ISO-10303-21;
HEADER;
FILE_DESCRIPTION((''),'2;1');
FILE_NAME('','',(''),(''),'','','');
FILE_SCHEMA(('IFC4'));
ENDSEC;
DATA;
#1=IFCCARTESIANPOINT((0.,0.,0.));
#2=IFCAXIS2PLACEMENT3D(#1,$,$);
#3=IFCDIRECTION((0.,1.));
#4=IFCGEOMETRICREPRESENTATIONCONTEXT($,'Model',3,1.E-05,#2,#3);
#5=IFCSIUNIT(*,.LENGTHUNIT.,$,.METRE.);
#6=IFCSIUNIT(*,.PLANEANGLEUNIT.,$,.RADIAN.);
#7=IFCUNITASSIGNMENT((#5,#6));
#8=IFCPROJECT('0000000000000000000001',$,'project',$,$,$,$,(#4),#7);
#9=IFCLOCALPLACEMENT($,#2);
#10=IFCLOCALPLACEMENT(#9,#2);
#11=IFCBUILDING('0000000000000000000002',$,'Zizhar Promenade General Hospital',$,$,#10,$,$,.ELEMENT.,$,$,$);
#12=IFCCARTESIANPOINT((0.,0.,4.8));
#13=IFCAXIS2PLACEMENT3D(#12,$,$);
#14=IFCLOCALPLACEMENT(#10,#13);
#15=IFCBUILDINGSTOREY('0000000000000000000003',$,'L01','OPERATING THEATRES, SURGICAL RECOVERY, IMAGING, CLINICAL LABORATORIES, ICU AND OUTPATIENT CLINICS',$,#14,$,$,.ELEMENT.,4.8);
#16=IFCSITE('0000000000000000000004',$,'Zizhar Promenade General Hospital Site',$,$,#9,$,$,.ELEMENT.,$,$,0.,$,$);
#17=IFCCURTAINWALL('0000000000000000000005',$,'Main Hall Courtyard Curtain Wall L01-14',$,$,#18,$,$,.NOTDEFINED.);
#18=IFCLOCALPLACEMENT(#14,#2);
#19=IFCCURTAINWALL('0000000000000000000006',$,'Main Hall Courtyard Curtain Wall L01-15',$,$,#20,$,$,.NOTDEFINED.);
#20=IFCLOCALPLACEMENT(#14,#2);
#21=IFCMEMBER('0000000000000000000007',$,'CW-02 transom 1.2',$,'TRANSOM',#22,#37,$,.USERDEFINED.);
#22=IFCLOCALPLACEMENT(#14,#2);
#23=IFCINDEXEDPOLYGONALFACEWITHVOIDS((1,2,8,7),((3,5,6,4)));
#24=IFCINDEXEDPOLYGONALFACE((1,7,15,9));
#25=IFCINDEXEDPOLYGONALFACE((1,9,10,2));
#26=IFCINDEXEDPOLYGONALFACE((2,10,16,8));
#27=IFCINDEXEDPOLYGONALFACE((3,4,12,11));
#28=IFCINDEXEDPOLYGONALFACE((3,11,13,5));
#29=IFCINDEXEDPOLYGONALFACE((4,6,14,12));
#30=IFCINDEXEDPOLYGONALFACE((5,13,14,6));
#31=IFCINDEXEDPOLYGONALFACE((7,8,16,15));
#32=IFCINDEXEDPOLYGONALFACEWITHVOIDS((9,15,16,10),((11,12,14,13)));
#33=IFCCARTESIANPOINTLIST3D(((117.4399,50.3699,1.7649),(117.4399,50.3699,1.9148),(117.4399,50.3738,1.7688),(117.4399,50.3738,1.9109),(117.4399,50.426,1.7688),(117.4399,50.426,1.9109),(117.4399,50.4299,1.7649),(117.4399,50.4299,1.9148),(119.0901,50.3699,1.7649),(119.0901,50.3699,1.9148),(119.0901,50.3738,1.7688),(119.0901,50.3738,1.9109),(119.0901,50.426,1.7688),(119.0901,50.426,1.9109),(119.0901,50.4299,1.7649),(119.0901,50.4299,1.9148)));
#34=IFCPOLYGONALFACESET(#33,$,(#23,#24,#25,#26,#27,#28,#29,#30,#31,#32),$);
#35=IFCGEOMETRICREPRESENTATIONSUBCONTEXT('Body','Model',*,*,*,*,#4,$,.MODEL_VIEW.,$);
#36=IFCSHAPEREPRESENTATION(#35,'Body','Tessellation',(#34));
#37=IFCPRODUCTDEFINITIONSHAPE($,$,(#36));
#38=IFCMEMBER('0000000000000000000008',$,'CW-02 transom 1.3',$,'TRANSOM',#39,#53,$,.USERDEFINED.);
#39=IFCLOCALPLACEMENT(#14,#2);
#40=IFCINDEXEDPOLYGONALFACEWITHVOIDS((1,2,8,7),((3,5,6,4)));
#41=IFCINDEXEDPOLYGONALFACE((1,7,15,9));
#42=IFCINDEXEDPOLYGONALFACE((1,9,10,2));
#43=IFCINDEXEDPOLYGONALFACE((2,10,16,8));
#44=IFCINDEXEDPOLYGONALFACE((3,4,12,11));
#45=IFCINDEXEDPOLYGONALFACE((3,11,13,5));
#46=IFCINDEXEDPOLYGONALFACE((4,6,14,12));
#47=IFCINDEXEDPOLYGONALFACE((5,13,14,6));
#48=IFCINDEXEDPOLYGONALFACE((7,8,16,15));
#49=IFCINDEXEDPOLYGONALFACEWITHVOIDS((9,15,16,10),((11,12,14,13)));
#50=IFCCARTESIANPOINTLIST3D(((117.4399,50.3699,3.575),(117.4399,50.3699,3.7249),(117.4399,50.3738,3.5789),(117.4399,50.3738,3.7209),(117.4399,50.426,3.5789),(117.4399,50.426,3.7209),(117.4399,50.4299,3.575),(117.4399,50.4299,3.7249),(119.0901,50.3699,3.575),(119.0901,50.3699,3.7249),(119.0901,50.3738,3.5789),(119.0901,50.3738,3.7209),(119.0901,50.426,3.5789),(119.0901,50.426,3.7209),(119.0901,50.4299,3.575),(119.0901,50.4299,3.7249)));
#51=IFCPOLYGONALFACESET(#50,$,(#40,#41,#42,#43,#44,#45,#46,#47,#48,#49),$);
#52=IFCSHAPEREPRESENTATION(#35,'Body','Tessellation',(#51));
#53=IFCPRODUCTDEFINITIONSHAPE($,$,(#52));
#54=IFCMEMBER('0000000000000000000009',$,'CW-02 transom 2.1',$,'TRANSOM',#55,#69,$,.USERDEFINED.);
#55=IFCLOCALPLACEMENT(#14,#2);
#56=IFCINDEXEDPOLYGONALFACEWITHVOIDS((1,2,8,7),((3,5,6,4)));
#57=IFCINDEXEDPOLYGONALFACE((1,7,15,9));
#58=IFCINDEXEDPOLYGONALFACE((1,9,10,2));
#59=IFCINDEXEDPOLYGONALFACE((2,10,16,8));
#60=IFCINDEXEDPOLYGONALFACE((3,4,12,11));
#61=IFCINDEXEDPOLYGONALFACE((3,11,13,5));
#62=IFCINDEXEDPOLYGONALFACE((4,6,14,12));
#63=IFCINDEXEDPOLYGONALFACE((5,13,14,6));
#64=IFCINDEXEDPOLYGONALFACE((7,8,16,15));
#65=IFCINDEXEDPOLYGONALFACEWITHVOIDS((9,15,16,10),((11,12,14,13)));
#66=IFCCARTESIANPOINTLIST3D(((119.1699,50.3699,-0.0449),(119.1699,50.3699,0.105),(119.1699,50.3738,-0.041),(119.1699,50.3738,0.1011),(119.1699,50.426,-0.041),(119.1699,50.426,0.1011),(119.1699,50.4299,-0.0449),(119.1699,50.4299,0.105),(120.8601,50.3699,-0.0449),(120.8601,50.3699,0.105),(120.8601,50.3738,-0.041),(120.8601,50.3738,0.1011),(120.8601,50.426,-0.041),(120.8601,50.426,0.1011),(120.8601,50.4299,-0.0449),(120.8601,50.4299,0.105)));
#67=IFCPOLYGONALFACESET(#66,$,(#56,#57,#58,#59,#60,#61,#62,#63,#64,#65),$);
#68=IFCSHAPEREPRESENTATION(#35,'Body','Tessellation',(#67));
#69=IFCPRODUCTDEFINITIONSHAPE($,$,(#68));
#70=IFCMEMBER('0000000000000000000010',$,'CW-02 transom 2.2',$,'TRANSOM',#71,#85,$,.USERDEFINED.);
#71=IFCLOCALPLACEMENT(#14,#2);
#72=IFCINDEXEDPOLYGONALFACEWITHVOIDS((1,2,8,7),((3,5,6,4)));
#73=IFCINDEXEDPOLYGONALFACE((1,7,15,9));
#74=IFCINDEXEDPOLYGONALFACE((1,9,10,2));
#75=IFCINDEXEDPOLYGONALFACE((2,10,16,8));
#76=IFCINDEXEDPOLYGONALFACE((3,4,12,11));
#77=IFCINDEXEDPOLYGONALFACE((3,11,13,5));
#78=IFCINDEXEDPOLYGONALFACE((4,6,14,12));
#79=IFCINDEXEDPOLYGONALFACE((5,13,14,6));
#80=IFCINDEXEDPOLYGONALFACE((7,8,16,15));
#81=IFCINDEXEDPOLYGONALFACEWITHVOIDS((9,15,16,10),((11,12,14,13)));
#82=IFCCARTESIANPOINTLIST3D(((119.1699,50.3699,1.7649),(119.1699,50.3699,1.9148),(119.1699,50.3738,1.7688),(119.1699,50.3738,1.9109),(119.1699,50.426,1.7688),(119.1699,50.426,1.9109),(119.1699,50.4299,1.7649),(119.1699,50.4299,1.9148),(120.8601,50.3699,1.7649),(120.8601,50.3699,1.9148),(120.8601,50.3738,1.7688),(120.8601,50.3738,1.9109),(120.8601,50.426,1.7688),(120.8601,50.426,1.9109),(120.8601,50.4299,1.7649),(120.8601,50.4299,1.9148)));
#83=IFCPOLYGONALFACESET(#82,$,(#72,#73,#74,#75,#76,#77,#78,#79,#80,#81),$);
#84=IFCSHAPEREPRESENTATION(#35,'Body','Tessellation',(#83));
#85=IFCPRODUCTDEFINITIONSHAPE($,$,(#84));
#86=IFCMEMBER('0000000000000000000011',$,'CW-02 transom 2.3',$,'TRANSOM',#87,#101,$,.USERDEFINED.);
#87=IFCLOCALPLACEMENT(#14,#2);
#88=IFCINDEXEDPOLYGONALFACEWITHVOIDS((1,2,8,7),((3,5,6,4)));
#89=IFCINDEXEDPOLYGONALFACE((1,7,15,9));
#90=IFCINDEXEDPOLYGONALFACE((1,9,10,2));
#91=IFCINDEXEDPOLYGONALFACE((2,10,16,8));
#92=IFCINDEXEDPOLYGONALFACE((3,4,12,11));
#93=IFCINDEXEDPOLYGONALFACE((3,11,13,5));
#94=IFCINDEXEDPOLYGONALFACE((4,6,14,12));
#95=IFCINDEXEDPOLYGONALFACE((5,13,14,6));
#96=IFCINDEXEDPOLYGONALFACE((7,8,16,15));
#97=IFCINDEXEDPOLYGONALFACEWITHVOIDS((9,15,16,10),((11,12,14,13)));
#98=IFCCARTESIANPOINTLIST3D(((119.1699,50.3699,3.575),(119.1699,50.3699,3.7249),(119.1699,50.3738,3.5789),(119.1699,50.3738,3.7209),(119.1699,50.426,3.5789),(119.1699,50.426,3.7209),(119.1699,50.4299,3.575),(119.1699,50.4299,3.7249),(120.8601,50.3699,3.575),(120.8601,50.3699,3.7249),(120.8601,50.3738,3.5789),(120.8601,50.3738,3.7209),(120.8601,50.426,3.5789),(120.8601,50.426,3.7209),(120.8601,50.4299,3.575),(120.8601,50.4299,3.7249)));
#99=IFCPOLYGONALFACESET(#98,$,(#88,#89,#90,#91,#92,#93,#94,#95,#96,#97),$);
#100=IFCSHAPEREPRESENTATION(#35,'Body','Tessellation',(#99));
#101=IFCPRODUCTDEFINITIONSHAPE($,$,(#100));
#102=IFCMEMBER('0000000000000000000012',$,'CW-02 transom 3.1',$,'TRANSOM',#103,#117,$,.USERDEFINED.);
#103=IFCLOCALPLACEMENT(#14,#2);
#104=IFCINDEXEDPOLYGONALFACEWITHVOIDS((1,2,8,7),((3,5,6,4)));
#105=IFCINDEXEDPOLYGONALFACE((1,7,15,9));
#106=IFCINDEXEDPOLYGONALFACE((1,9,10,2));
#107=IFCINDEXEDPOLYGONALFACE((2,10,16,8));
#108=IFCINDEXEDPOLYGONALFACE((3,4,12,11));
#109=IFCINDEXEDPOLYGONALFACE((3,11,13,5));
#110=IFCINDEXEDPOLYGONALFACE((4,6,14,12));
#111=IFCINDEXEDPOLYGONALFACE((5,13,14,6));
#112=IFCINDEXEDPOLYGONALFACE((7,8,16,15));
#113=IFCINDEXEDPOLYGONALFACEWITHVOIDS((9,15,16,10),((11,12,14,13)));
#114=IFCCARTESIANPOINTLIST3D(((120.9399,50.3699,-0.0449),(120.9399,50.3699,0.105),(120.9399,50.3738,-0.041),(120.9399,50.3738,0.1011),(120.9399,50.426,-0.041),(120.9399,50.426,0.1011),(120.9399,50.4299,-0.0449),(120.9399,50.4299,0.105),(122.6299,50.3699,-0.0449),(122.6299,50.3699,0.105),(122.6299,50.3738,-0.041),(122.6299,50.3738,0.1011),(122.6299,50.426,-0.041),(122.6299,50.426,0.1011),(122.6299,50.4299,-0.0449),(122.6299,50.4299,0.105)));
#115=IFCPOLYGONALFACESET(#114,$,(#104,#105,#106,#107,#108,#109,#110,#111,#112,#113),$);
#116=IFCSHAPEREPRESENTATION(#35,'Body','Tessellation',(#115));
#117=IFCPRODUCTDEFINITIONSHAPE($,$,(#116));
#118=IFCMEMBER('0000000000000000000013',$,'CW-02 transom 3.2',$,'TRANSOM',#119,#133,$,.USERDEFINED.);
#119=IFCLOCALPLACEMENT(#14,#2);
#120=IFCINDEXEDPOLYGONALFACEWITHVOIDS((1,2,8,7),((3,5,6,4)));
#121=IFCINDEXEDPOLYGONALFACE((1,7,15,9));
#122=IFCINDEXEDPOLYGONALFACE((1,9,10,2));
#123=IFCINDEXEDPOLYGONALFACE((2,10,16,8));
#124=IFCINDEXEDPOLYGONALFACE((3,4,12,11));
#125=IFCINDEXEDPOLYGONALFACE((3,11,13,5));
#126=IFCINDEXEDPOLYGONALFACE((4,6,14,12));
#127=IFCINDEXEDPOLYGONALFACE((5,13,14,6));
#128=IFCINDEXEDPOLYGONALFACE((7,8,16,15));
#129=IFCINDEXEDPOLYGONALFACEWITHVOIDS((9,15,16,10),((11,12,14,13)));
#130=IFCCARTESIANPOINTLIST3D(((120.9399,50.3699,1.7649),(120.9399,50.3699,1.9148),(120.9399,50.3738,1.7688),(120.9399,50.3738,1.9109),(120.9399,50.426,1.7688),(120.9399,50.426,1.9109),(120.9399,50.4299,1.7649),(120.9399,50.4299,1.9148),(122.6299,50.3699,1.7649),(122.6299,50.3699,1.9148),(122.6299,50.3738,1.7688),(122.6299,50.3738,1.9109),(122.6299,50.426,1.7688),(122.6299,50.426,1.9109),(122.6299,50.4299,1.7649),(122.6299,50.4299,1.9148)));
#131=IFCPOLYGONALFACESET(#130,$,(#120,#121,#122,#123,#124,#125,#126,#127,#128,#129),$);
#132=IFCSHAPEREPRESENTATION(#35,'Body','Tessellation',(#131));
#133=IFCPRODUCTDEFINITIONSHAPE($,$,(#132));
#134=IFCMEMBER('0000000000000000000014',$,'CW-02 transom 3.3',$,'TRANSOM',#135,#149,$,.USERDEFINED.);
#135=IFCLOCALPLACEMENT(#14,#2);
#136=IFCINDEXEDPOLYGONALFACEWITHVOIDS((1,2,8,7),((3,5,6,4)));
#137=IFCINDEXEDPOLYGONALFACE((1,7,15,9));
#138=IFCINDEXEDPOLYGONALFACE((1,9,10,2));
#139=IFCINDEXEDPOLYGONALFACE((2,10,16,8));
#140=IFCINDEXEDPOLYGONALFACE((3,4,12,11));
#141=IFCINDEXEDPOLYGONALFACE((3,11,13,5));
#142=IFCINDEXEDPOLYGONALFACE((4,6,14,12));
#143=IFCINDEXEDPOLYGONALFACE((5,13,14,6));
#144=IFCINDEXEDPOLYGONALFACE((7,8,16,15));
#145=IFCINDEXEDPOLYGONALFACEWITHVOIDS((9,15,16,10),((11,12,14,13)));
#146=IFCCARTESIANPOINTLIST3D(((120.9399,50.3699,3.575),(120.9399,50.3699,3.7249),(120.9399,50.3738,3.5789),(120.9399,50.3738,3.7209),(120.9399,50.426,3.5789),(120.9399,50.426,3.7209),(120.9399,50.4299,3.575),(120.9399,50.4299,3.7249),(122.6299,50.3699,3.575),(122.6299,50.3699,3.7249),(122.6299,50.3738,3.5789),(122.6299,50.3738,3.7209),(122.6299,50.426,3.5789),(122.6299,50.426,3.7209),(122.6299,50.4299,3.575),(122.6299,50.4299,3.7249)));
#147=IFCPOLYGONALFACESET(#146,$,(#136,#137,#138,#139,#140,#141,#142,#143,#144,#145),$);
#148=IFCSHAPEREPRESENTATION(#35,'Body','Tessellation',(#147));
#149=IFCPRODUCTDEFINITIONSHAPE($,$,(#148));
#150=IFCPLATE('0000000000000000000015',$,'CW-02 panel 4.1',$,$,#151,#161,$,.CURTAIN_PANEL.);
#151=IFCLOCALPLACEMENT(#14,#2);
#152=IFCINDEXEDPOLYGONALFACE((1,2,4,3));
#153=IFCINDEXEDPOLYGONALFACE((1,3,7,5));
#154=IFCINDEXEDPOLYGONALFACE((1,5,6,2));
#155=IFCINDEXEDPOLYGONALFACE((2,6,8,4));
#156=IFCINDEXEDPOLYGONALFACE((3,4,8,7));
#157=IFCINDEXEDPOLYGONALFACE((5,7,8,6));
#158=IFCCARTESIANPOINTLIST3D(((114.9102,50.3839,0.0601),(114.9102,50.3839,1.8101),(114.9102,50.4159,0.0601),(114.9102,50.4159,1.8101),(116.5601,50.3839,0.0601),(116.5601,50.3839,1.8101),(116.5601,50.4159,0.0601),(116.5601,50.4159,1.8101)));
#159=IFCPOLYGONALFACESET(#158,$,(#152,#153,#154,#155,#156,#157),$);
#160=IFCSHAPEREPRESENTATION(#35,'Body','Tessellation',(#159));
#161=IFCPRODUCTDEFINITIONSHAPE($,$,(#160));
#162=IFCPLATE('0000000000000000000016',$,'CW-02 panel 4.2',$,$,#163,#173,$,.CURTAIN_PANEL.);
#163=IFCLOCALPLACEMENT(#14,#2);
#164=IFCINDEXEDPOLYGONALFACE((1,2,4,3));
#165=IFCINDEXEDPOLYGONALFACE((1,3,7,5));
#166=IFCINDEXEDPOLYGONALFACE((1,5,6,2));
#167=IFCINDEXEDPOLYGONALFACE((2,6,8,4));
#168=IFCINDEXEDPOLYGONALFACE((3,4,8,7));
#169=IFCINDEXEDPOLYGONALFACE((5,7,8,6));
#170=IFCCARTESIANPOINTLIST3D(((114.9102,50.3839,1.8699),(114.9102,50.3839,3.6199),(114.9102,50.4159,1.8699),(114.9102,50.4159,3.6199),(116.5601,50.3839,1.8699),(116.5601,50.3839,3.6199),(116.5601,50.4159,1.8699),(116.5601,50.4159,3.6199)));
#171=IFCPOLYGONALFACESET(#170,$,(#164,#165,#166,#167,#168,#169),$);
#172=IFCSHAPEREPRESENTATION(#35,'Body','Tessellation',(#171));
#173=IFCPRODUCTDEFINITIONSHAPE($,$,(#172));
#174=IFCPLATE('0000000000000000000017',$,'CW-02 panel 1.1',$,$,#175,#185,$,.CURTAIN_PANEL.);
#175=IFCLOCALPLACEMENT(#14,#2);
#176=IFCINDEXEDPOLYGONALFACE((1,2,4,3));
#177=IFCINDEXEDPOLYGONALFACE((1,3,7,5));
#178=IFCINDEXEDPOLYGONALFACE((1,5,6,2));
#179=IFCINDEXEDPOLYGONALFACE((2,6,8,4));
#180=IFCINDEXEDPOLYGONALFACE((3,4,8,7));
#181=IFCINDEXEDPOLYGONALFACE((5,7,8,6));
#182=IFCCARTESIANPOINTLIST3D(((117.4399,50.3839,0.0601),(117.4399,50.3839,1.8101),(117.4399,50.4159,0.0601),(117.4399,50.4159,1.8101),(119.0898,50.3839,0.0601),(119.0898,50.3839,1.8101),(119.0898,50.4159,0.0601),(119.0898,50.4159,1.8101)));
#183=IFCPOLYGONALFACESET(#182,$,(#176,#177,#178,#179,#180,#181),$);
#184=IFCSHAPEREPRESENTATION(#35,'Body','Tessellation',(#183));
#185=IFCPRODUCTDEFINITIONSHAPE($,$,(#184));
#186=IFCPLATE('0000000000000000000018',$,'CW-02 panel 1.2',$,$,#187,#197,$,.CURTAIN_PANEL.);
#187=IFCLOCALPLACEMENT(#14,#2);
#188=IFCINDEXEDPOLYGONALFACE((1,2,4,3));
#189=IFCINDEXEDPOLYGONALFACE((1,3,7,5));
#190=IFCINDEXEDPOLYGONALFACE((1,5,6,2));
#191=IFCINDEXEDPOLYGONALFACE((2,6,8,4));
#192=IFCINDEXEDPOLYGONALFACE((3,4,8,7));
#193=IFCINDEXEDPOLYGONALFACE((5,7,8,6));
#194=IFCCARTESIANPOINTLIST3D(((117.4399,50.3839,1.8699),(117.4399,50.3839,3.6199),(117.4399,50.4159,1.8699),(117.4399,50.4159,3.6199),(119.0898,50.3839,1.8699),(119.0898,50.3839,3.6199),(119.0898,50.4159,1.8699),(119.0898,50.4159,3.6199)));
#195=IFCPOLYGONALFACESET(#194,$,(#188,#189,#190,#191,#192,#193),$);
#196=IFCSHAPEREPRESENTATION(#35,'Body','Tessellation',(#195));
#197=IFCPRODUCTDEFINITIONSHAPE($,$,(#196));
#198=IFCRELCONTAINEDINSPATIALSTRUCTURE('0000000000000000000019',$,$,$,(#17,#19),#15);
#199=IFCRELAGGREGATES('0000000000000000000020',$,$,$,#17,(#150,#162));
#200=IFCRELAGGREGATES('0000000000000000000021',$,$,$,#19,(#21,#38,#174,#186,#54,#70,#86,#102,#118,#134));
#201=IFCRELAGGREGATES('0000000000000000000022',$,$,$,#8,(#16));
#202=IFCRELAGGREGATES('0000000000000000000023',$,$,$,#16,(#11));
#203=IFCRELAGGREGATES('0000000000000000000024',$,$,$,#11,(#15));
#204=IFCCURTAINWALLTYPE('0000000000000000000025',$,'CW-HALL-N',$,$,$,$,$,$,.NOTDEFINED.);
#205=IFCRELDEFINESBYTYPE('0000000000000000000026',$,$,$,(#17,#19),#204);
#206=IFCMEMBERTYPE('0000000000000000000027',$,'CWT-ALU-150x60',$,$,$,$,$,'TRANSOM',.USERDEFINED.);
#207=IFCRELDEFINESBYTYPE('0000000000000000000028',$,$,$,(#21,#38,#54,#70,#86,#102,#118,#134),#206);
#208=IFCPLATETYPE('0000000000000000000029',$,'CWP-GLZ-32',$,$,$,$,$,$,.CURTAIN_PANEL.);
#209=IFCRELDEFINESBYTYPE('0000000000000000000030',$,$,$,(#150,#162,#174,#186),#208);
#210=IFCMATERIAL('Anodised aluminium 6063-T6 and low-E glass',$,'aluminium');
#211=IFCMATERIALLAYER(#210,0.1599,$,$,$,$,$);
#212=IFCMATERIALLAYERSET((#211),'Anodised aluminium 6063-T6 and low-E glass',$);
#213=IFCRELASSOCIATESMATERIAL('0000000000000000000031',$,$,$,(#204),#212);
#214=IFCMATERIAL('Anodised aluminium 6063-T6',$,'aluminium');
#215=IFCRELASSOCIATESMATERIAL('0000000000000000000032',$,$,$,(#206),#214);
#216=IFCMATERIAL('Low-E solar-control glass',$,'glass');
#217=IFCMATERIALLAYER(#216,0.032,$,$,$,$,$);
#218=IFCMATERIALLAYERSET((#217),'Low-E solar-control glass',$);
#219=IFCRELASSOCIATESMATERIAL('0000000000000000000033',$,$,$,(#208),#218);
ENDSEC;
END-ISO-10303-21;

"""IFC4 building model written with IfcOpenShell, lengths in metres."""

from ifc_helpers import new_model, si_unit, direction, frame, origin, origin_2d, place, context, subcontext, project, spatial, rectangle, hollow_rectangle, extrude, material, layer, layer_set, material_profile, profile_set, type_object, element, aggregate, save


model = new_model("IFC4")

# Units and contexts
model_context = context("Model", 3, precision=1e-05, world=origin(), true_north=direction((0.0, 1.0)))
body_context = subcontext(model_context, "Body", "Model", "MODEL_VIEW")
ifc_project = project(units=[si_unit("LENGTHUNIT", "METRE"), si_unit("PLANEANGLEUNIT", "RADIAN")], contexts=[model_context])

# Site, building, storey
site_placement = place(None, origin())
site = spatial("IfcSite", under=ifc_project, at=site_placement, Name="Zizhar Promenade General Hospital Site", CompositionType="ELEMENT", RefElevation=0.0)
building_placement = place(site_placement, origin())
building = spatial("IfcBuilding", under=site, at=building_placement, Name="Zizhar Promenade General Hospital", CompositionType="ELEMENT")
storey_placement = place(building_placement, frame((0.0, 0.0, 4.8)))
storey = spatial("IfcBuildingStorey", under=building, at=storey_placement, Name="L01", Description="OPERATING THEATRES, SURGICAL RECOVERY, IMAGING, CLINICAL LABORATORIES, ICU AND OUTPATIENT CLINICS", CompositionType="ELEMENT", Elevation=4.8)

# Curtain walls
ifc_material_1 = material(Name="Anodised aluminium 6063-T6 and low-E glass", Category="aluminium")
ifc_layer_1 = layer(ifc_material_1, 0.1599)
ifc_layer_set_1 = layer_set([ifc_layer_1], Name="Anodised aluminium 6063-T6 and low-E glass")
curtain_wall_type = type_object("IfcCurtainWallType", Name="CW-HALL-N", PredefinedType="NOTDEFINED", material=ifc_layer_set_1)
curtain_wall_1_placement = place(storey_placement, origin())
curtain_wall_1 = element("IfcCurtainWall", 1, at=curtain_wall_1_placement, inside=storey, type_object=curtain_wall_type, Name="Main Hall Courtyard Curtain Wall L01-14", PredefinedType="NOTDEFINED")
curtain_wall_2_placement = place(storey_placement, origin())
curtain_wall_2 = element("IfcCurtainWall", 2, at=curtain_wall_2_placement, inside=storey, type_object=curtain_wall_type, Name="Main Hall Courtyard Curtain Wall L01-15", PredefinedType="NOTDEFINED")

# Members
ifc_material_2 = material(Name="Anodised aluminium 6063-T6", Category="aluminium")
ifc_material_profile_1 = material_profile(ifc_material_2, hollow_rectangle(XDim=0.0601, YDim=0.1499, WallThickness=0.0039, at=origin_2d()))
ifc_profile_set_1 = profile_set([ifc_material_profile_1], Name="Anodised aluminium 6063-T6")
member_type_1 = type_object("IfcMemberType", Name="CWT-ALU-150x60", ElementType="TRANSOM", PredefinedType="USERDEFINED", material=ifc_profile_set_1)
member_1_placement = place(storey_placement, frame((117.4399, 50.3999, 1.8398), z_axis=(1.0, 0.0, 0.0), x_axis=(0.0, 1.0, 0.0)))
member_1 = element("IfcMember", 3, at=member_1_placement, type_object=member_type_1, Name="CW-02 transom 1.2", ObjectType="TRANSOM", PredefinedType="USERDEFINED", context=body_context, shape_type="SweptSolid", body=[
    extrude(hollow_rectangle(XDim=0.0601, YDim=0.1499, WallThickness=0.0039, at=origin_2d()), origin(), (0.0, 0.0, 1.0), 1.6501),
])
member_2_placement = place(storey_placement, frame((117.4399, 50.3999, 3.6499), z_axis=(1.0, 0.0, 0.0), x_axis=(0.0, 1.0, 0.0)))
member_2 = element("IfcMember", 4, at=member_2_placement, type_object=member_type_1, Name="CW-02 transom 1.3", ObjectType="TRANSOM", PredefinedType="USERDEFINED", context=body_context, shape_type="SweptSolid", body=[
    extrude(hollow_rectangle(XDim=0.0601, YDim=0.1499, WallThickness=0.0039, at=origin_2d()), origin(), (0.0, 0.0, 1.0), 1.6501),
])
member_3_placement = place(storey_placement, frame((119.1699, 50.3999, 0.03), z_axis=(1.0, 0.0, 0.0), x_axis=(0.0, 1.0, 0.0)))
member_3 = element("IfcMember", 5, at=member_3_placement, type_object=member_type_1, Name="CW-02 transom 2.1", ObjectType="TRANSOM", PredefinedType="USERDEFINED", context=body_context, shape_type="SweptSolid", body=[
    extrude(hollow_rectangle(XDim=0.0601, YDim=0.1499, WallThickness=0.0039, at=origin_2d()), origin(), (0.0, 0.0, 1.0), 1.6902),
])
member_4_placement = place(storey_placement, frame((119.1699, 50.3999, 1.8398), z_axis=(1.0, 0.0, 0.0), x_axis=(0.0, 1.0, 0.0)))
member_4 = element("IfcMember", 6, at=member_4_placement, type_object=member_type_1, Name="CW-02 transom 2.2", ObjectType="TRANSOM", PredefinedType="USERDEFINED", context=body_context, shape_type="SweptSolid", body=[
    extrude(hollow_rectangle(XDim=0.0601, YDim=0.1499, WallThickness=0.0039, at=origin_2d()), origin(), (0.0, 0.0, 1.0), 1.6902),
])
member_5_placement = place(storey_placement, frame((119.1699, 50.3999, 3.6499), z_axis=(1.0, 0.0, 0.0), x_axis=(0.0, 1.0, 0.0)))
member_5 = element("IfcMember", 7, at=member_5_placement, type_object=member_type_1, Name="CW-02 transom 2.3", ObjectType="TRANSOM", PredefinedType="USERDEFINED", context=body_context, shape_type="SweptSolid", body=[
    extrude(hollow_rectangle(XDim=0.0601, YDim=0.1499, WallThickness=0.0039, at=origin_2d()), origin(), (0.0, 0.0, 1.0), 1.6902),
])
member_6_placement = place(storey_placement, frame((120.9399, 50.3999, 0.03), z_axis=(1.0, 0.0, 0.0), x_axis=(0.0, 1.0, 0.0)))
member_6 = element("IfcMember", 8, at=member_6_placement, type_object=member_type_1, Name="CW-02 transom 3.1", ObjectType="TRANSOM", PredefinedType="USERDEFINED", context=body_context, shape_type="SweptSolid", body=[
    extrude(hollow_rectangle(XDim=0.0601, YDim=0.1499, WallThickness=0.0039, at=origin_2d()), origin(), (0.0, 0.0, 1.0), 1.6899),
])
member_7_placement = place(storey_placement, frame((120.9399, 50.3999, 1.8398), z_axis=(1.0, 0.0, 0.0), x_axis=(0.0, 1.0, 0.0)))
member_7 = element("IfcMember", 9, at=member_7_placement, type_object=member_type_1, Name="CW-02 transom 3.2", ObjectType="TRANSOM", PredefinedType="USERDEFINED", context=body_context, shape_type="SweptSolid", body=[
    extrude(hollow_rectangle(XDim=0.0601, YDim=0.1499, WallThickness=0.0039, at=origin_2d()), origin(), (0.0, 0.0, 1.0), 1.6899),
])
member_8_placement = place(storey_placement, frame((120.9399, 50.3999, 3.6499), z_axis=(1.0, 0.0, 0.0), x_axis=(0.0, 1.0, 0.0)))
member_8 = element("IfcMember", 10, at=member_8_placement, type_object=member_type_1, Name="CW-02 transom 3.3", ObjectType="TRANSOM", PredefinedType="USERDEFINED", context=body_context, shape_type="SweptSolid", body=[
    extrude(hollow_rectangle(XDim=0.0601, YDim=0.1499, WallThickness=0.0039, at=origin_2d()), origin(), (0.0, 0.0, 1.0), 1.6899),
])

# Plates
ifc_material_3 = material(Name="Low-E solar-control glass", Category="glass")
ifc_layer_2 = layer(ifc_material_3, 0.032)
ifc_layer_set_2 = layer_set([ifc_layer_2], Name="Low-E solar-control glass")
plate_type = type_object("IfcPlateType", Name="CWP-GLZ-32", PredefinedType="CURTAIN_PANEL", material=ifc_layer_set_2)
plate_1_placement = place(storey_placement, frame((115.7351, 50.3999, 0.0601), z_axis=(0.0, 0.0, 1.0), x_axis=(1.0, 0.0, 0.0)))
plate_1 = element("IfcPlate", 11, at=plate_1_placement, type_object=plate_type, Name="CW-02 panel 4.1", PredefinedType="CURTAIN_PANEL", context=body_context, shape_type="SweptSolid", body=[
    extrude(rectangle(XDim=1.6499, YDim=0.032, at=origin_2d()), origin(), (0.0, 0.0, 1.0), 1.75),
])
plate_2_placement = place(storey_placement, frame((115.7351, 50.3999, 1.8699), z_axis=(0.0, 0.0, 1.0), x_axis=(1.0, 0.0, 0.0)))
plate_2 = element("IfcPlate", 12, at=plate_2_placement, type_object=plate_type, Name="CW-02 panel 4.2", PredefinedType="CURTAIN_PANEL", context=body_context, shape_type="SweptSolid", body=[
    extrude(rectangle(XDim=1.6499, YDim=0.032, at=origin_2d()), origin(), (0.0, 0.0, 1.0), 1.75),
])
aggregate(curtain_wall_1, [plate_1, plate_2])
plate_3_placement = place(storey_placement, frame((118.2649, 50.3999, 0.0601), z_axis=(0.0, 0.0, 1.0), x_axis=(1.0, 0.0, 0.0)))
plate_3 = element("IfcPlate", 13, at=plate_3_placement, type_object=plate_type, Name="CW-02 panel 1.1", PredefinedType="CURTAIN_PANEL", context=body_context, shape_type="SweptSolid", body=[
    extrude(rectangle(XDim=1.6499, YDim=0.032, at=origin_2d()), origin(), (0.0, 0.0, 1.0), 1.75),
])
plate_4_placement = place(storey_placement, frame((118.2649, 50.3999, 1.8699), z_axis=(0.0, 0.0, 1.0), x_axis=(1.0, 0.0, 0.0)))
plate_4 = element("IfcPlate", 14, at=plate_4_placement, type_object=plate_type, Name="CW-02 panel 1.2", PredefinedType="CURTAIN_PANEL", context=body_context, shape_type="SweptSolid", body=[
    extrude(rectangle(XDim=1.6499, YDim=0.032, at=origin_2d()), origin(), (0.0, 0.0, 1.0), 1.75),
])
aggregate(curtain_wall_2, [member_1, member_2, plate_3, plate_4, member_3, member_4, member_5, member_6, member_7, member_8])

save(model, "model.ifc")
